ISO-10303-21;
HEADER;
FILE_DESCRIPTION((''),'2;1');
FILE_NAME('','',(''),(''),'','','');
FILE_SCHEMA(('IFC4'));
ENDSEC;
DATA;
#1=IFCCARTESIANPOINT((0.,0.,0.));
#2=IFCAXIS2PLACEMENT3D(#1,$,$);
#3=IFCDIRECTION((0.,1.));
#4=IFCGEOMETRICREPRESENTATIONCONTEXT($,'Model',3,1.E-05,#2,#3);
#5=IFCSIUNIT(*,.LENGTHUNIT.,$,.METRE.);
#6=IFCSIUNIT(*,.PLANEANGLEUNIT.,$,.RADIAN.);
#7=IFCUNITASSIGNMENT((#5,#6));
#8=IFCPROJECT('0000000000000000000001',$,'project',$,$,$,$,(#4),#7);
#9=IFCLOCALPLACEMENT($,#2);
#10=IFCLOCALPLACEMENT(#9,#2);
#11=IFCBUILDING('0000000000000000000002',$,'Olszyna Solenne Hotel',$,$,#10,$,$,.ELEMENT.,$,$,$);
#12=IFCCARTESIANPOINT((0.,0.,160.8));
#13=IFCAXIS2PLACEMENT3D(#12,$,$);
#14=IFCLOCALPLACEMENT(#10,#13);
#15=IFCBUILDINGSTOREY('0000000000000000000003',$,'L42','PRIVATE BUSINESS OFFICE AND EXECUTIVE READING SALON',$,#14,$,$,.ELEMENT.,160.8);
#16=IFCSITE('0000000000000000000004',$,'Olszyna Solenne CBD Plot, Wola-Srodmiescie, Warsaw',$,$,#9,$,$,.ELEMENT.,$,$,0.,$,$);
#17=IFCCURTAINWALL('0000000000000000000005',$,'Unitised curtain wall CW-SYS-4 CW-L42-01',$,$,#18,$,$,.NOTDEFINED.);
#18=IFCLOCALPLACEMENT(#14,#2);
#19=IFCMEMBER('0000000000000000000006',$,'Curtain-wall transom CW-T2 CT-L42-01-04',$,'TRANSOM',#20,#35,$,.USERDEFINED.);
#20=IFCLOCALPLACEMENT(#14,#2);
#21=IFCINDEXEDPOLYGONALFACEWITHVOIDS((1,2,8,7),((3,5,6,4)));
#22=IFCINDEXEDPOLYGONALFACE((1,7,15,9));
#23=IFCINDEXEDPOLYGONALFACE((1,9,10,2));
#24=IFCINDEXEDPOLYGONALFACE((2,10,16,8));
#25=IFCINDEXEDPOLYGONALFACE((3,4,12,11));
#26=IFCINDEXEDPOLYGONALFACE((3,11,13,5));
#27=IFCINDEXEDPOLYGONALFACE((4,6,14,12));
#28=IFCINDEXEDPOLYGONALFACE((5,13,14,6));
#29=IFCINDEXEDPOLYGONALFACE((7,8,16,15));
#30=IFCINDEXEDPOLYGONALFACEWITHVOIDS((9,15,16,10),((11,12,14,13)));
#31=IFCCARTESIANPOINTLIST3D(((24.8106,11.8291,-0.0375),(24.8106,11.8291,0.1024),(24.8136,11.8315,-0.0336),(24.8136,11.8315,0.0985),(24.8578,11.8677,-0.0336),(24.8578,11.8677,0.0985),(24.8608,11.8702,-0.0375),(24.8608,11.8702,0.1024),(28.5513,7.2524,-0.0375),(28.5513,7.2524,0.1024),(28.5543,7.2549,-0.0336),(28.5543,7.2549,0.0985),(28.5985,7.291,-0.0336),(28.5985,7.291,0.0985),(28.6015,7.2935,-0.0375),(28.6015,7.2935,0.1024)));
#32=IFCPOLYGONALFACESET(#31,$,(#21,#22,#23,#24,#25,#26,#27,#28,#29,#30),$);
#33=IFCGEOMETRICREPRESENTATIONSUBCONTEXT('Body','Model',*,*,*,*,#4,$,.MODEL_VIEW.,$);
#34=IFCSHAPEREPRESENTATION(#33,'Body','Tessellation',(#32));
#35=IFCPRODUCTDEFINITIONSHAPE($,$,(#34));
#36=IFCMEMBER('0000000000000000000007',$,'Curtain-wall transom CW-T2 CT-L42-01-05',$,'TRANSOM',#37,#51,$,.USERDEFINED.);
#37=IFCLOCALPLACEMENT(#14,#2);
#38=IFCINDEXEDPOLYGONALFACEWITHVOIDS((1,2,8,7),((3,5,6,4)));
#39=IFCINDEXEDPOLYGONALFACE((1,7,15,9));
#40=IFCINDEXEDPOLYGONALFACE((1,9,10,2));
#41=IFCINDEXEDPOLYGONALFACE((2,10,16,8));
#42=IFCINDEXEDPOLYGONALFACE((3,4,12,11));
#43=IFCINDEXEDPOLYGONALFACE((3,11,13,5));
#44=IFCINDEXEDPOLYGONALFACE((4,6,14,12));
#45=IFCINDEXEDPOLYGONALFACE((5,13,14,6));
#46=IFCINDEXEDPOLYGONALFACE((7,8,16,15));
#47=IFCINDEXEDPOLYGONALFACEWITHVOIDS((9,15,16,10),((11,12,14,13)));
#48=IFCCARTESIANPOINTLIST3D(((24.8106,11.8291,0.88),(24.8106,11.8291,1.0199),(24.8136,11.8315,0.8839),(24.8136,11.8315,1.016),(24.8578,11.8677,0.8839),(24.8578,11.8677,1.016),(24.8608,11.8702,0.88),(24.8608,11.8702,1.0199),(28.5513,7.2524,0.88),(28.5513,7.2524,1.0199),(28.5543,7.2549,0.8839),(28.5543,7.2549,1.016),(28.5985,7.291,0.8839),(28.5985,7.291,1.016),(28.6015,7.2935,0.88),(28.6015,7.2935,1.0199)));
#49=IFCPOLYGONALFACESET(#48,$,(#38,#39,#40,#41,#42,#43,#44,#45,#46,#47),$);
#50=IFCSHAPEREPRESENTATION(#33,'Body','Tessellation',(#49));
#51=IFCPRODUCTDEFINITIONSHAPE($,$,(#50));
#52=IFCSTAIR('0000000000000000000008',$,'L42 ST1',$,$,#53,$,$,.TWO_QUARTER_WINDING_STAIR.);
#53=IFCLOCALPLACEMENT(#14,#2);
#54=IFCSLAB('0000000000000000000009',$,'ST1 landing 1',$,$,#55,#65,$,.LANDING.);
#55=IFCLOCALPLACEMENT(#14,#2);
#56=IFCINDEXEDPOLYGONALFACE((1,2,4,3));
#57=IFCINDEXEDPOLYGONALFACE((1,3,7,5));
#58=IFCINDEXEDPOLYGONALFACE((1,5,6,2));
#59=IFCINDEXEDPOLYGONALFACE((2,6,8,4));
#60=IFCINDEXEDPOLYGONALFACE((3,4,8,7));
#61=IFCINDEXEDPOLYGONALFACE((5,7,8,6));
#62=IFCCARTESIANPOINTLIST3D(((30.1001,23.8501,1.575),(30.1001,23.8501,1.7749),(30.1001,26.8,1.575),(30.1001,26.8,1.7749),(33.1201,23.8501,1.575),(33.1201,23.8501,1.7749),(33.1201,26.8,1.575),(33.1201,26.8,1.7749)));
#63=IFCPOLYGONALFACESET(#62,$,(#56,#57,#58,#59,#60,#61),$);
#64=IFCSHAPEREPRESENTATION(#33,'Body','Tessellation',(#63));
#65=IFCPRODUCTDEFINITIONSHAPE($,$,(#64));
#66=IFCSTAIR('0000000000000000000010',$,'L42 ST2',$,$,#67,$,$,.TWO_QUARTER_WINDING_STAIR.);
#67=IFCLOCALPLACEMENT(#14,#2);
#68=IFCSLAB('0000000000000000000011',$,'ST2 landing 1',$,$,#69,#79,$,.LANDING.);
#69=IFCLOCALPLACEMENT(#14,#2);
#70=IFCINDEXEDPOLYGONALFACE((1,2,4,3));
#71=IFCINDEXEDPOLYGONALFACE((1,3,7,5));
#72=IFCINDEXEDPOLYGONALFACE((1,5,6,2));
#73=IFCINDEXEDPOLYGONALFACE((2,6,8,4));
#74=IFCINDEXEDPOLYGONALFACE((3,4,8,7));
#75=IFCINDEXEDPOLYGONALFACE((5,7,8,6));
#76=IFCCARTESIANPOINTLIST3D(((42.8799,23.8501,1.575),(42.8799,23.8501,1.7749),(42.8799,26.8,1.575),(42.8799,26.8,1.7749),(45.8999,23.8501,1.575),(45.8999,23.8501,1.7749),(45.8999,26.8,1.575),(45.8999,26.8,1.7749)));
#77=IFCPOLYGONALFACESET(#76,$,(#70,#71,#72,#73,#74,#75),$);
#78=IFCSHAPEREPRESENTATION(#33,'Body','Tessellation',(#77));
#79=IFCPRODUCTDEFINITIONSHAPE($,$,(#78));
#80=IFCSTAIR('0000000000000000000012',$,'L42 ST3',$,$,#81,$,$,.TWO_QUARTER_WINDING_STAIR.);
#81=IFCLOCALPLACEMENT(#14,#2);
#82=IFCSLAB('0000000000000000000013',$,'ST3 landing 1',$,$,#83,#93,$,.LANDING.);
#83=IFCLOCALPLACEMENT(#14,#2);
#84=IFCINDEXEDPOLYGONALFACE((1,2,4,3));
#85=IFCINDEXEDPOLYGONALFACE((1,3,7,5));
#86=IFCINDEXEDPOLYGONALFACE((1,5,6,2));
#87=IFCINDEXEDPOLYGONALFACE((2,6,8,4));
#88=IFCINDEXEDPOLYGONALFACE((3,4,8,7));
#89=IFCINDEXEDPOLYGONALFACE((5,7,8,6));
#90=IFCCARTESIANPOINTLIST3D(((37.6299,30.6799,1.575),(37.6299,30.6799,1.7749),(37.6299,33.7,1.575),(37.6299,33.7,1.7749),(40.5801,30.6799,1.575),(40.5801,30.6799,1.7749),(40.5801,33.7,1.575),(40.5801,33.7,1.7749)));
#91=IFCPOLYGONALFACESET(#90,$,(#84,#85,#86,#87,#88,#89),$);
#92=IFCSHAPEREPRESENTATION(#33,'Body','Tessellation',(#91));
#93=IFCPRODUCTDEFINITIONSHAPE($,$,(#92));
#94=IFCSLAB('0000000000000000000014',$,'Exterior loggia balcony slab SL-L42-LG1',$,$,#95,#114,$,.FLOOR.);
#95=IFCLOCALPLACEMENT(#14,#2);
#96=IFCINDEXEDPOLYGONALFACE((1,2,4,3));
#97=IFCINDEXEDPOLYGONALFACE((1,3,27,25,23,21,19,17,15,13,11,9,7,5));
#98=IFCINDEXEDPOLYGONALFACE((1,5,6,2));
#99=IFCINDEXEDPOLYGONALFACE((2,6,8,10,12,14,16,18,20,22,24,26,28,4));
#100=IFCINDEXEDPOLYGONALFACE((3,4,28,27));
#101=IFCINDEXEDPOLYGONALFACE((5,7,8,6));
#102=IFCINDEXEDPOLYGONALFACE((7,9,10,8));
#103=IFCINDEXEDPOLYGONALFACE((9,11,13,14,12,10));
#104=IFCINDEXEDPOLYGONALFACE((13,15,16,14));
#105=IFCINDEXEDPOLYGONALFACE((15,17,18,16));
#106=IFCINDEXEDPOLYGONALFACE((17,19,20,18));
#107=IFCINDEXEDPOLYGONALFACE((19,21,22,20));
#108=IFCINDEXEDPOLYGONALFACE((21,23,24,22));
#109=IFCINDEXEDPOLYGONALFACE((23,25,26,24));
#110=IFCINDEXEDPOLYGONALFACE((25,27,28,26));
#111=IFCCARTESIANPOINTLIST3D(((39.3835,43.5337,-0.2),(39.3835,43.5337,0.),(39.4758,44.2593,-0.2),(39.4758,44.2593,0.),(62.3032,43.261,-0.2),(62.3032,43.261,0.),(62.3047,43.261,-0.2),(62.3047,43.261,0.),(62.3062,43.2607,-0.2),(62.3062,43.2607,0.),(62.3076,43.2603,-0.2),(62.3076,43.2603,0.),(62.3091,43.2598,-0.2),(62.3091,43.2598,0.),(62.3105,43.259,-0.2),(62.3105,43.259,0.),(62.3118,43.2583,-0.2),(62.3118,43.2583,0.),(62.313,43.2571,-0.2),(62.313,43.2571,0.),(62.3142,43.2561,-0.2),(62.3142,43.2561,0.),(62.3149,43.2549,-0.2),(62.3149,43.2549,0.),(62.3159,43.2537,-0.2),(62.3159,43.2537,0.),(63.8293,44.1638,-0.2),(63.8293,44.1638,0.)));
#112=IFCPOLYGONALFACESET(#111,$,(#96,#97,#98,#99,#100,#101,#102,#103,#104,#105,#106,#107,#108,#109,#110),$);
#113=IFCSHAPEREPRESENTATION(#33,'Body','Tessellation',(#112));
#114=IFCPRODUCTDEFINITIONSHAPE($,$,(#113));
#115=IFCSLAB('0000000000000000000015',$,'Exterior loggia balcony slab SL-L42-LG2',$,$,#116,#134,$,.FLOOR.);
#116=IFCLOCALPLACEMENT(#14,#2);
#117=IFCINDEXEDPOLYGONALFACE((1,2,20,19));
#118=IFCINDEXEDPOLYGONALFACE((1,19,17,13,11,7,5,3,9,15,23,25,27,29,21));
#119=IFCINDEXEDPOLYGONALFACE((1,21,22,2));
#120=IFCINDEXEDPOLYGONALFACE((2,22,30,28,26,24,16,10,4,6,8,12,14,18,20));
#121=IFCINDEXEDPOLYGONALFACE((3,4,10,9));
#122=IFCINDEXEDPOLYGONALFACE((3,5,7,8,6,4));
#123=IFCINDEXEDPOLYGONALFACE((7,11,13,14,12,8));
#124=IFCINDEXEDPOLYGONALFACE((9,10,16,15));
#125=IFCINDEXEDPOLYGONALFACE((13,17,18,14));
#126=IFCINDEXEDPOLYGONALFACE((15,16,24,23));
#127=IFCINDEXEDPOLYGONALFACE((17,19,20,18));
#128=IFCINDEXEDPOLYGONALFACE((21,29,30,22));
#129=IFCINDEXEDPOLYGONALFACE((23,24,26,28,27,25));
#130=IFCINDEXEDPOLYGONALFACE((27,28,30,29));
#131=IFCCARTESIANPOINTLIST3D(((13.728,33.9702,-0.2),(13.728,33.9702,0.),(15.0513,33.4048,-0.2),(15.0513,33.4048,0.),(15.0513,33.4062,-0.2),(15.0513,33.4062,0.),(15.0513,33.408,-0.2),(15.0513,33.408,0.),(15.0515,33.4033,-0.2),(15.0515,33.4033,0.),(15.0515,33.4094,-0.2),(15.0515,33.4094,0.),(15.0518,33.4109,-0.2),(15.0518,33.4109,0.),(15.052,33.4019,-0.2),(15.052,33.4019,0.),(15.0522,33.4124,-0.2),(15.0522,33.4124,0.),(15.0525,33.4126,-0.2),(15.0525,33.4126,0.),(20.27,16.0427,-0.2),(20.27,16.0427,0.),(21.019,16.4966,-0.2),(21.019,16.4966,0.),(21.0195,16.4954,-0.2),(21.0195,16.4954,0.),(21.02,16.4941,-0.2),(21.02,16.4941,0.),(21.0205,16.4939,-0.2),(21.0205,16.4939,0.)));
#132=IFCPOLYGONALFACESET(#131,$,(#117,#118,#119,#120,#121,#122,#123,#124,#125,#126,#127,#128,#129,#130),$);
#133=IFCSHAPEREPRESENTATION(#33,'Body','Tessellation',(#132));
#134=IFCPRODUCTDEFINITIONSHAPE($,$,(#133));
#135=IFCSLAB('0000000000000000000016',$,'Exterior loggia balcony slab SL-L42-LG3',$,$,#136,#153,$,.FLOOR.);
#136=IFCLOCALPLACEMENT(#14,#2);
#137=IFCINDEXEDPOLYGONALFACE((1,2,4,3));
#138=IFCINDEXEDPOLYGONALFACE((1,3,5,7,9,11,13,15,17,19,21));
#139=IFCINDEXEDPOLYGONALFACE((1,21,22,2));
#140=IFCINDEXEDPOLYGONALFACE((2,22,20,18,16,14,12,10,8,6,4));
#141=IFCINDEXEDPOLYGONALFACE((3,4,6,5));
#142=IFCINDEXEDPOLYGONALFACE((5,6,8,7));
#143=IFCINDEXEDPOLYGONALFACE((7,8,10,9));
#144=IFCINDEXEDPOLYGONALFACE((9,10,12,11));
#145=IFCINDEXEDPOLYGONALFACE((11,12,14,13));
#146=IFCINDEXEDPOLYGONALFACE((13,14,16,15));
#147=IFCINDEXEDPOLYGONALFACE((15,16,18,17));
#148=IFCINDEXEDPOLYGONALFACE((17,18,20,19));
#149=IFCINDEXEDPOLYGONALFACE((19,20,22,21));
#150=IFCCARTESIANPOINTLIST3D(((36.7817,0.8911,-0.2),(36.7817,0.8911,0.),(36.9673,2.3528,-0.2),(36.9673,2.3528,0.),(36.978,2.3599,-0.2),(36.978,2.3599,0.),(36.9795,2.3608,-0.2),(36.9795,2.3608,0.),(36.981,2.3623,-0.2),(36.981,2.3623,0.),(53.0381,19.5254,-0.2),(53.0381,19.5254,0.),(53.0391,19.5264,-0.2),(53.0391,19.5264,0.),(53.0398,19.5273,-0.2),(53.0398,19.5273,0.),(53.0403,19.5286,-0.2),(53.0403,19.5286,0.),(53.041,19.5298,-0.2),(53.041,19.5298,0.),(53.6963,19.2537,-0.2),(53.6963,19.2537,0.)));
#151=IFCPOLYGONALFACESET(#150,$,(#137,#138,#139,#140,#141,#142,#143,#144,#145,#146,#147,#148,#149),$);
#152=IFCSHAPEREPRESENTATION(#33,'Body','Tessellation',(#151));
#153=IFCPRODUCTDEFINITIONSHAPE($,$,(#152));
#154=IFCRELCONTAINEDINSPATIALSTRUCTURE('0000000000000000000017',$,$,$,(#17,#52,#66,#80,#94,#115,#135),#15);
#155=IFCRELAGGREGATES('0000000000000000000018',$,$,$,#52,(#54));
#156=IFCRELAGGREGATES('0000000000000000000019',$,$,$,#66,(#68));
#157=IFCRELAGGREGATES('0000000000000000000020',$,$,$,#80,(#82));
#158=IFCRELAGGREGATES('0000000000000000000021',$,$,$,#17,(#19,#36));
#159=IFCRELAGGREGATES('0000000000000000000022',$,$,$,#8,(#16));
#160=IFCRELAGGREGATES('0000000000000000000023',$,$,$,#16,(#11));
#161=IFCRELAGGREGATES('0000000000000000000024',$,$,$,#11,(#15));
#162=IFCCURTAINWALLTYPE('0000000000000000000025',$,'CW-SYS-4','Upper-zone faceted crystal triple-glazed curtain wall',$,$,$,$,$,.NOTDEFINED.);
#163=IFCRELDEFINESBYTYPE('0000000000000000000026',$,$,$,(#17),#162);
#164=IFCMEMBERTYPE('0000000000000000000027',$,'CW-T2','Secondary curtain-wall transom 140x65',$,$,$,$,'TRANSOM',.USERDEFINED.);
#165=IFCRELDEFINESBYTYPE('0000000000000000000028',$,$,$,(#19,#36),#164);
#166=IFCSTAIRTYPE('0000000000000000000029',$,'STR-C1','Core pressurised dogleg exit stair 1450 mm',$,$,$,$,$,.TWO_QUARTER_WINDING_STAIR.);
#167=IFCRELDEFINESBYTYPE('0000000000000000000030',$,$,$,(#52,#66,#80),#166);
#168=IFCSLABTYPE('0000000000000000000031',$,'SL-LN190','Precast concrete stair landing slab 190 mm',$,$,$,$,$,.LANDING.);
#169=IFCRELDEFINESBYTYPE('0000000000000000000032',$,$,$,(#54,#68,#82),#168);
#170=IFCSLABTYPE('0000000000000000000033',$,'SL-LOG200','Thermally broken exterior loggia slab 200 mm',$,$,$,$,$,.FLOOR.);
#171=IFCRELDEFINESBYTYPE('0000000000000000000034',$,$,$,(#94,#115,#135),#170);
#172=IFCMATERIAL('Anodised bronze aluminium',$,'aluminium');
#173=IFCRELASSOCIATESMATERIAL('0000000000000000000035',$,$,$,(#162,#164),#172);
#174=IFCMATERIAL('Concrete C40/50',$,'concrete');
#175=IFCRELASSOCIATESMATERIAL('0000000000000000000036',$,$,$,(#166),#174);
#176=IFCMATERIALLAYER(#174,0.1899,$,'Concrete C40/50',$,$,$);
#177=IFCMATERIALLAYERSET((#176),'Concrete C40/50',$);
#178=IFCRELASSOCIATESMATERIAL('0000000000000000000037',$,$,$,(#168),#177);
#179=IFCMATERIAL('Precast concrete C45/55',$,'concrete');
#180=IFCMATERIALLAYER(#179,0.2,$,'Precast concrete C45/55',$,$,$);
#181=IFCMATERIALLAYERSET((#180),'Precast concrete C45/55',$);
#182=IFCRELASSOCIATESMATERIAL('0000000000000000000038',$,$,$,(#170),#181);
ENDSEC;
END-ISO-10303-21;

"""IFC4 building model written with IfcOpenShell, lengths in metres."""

from ifc_helpers import new_model, si_unit, direction, frame, origin, origin_2d, place, context, subcontext, project, spatial, polyline, hollow_rectangle, outline, extrude, source, transform, mapped, material, layer, layer_set, material_profile, profile_set, type_object, element, aggregate, save


model = new_model("IFC4")

# Units and contexts
model_context = context("Model", 3, precision=1e-05, world=origin(), true_north=direction((0.0, 1.0)))
body_context = subcontext(model_context, "Body", "Model", "MODEL_VIEW")
ifc_project = project(units=[si_unit("LENGTHUNIT", "METRE"), si_unit("PLANEANGLEUNIT", "RADIAN")], contexts=[model_context])

# Site, building, storey
site_placement = place(None, origin())
site = spatial("IfcSite", under=ifc_project, at=site_placement, Name="Olszyna Solenne CBD Plot, Wola-Srodmiescie, Warsaw", CompositionType="ELEMENT", RefElevation=0.0)
building_placement = place(site_placement, origin())
building = spatial("IfcBuilding", under=site, at=building_placement, Name="Olszyna Solenne Hotel", CompositionType="ELEMENT")
storey_placement = place(building_placement, frame((0.0, 0.0, 160.8)))
storey = spatial("IfcBuildingStorey", under=building, at=storey_placement, Name="L42", Description="PRIVATE BUSINESS OFFICE AND EXECUTIVE READING SALON", CompositionType="ELEMENT", Elevation=160.8)

# Curtain wall, members
ifc_material_1 = material(Name="Anodised bronze aluminium", Category="aluminium")
curtain_wall_type = type_object("IfcCurtainWallType", Name="CW-SYS-4", Description="Upper-zone faceted crystal triple-glazed curtain wall", PredefinedType="NOTDEFINED", material=ifc_material_1)
curtain_wall_placement = place(storey_placement, origin())
curtain_wall = element("IfcCurtainWall", 1, at=curtain_wall_placement, inside=storey, type_object=curtain_wall_type, Name="Unitised curtain wall CW-SYS-4 CW-L42-01", PredefinedType="NOTDEFINED")
ifc_material_profile_1 = material_profile(ifc_material_1, hollow_rectangle(XDim=0.0649, YDim=0.1399, WallThickness=0.0039, at=origin_2d()), Name="TRAN 140x65x4", Category="load-bearing")
ifc_profile_set_1 = profile_set([ifc_material_profile_1], Name="Anodised bronze aluminium")
member_type_1 = type_object("IfcMemberType", Name="CW-T2", Description="Secondary curtain-wall transom 140x65", ElementType="TRANSOM", PredefinedType="USERDEFINED", material=ifc_profile_set_1)
shared_shape_1 = source(origin(), body_context, "Body", "SweptSolid", [
    extrude(hollow_rectangle(XDim=0.0649, YDim=0.1399, WallThickness=0.0039, at=origin_2d()), origin(), (0.0, 0.0, 1.0), 5.9109),
])
member_1_placement = place(storey_placement, frame((24.8357, 11.8496, 0.0325), z_axis=(0.632851, -0.774274, 0.0), x_axis=(0.774274, 0.632851, 0.0)))
member_1 = element("IfcMember", 2, at=member_1_placement, type_object=member_type_1, Name="Curtain-wall transom CW-T2 CT-L42-01-04", ObjectType="TRANSOM", PredefinedType="USERDEFINED", context=body_context, shape_type="MappedRepresentation", body=[
    mapped(shared_shape_1, transform((0.0, 0.0, 0.0), x_axis=(1.0, 0.0, 0.0), y_axis=(0.0, 1.0, 0.0), z_axis=(0.0, 0.0, 1.0), scale=1.0)),
])
member_2_placement = place(storey_placement, frame((24.8357, 11.8496, 0.95), z_axis=(0.632851, -0.774274, 0.0), x_axis=(0.774274, 0.632851, 0.0)))
member_2 = element("IfcMember", 3, at=member_2_placement, type_object=member_type_1, Name="Curtain-wall transom CW-T2 CT-L42-01-05", ObjectType="TRANSOM", PredefinedType="USERDEFINED", context=body_context, shape_type="MappedRepresentation", body=[
    mapped(shared_shape_1, transform((0.0, 0.0, 0.0), x_axis=(1.0, 0.0, 0.0), y_axis=(0.0, 1.0, 0.0), z_axis=(0.0, 0.0, 1.0), scale=1.0)),
])

# Stairs, slabs
ifc_material_2 = material(Name="Concrete C40/50", Category="concrete")
stair_type = type_object("IfcStairType", Name="STR-C1", Description="Core pressurised dogleg exit stair 1450 mm", PredefinedType="TWO_QUARTER_WINDING_STAIR", material=ifc_material_2)
stair_1_placement = place(storey_placement, origin())
stair_1 = element("IfcStair", 4, at=stair_1_placement, inside=storey, type_object=stair_type, Name="L42 ST1", PredefinedType="TWO_QUARTER_WINDING_STAIR")
ifc_layer_1 = layer(ifc_material_2, 0.1899, Name="Concrete C40/50")
ifc_layer_set_1 = layer_set([ifc_layer_1], Name="Concrete C40/50")
slab_type_1 = type_object("IfcSlabType", Name="SL-LN190", Description="Precast concrete stair landing slab 190 mm", PredefinedType="LANDING", material=ifc_layer_set_1)
slab_1_placement = place(storey_placement, frame((0.0, 0.0, 1.575)))
slab_1 = element("IfcSlab", 5, at=slab_1_placement, type_object=slab_type_1, Name="ST1 landing 1", PredefinedType="LANDING", context=body_context, shape_type="SweptSolid", body=[
    extrude(outline(polyline([(33.1201, 23.8501), (33.1201, 26.8), (30.1001, 26.8), (30.1001, 23.8501), (33.1201, 23.8501)])), origin(), (0.0, 0.0, 1.0), 0.2),
])
aggregate(stair_1, [slab_1])
stair_2_placement = place(storey_placement, origin())
stair_2 = element("IfcStair", 6, at=stair_2_placement, inside=storey, type_object=stair_type, Name="L42 ST2", PredefinedType="TWO_QUARTER_WINDING_STAIR")
slab_2_placement = place(storey_placement, frame((0.0, 0.0, 1.575)))
slab_2 = element("IfcSlab", 7, at=slab_2_placement, type_object=slab_type_1, Name="ST2 landing 1", PredefinedType="LANDING", context=body_context, shape_type="SweptSolid", body=[
    extrude(outline(polyline([(45.8999, 23.8501), (45.8999, 26.8), (42.8799, 26.8), (42.8799, 23.8501), (45.8999, 23.8501)])), origin(), (0.0, 0.0, 1.0), 0.2),
])
aggregate(stair_2, [slab_2])
stair_3_placement = place(storey_placement, origin())
stair_3 = element("IfcStair", 8, at=stair_3_placement, inside=storey, type_object=stair_type, Name="L42 ST3", PredefinedType="TWO_QUARTER_WINDING_STAIR")
slab_3_placement = place(storey_placement, frame((0.0, 0.0, 1.575)))
slab_3 = element("IfcSlab", 9, at=slab_3_placement, type_object=slab_type_1, Name="ST3 landing 1", PredefinedType="LANDING", context=body_context, shape_type="SweptSolid", body=[
    extrude(outline(polyline([(37.6299, 30.6799), (40.5801, 30.6799), (40.5801, 33.7), (37.6299, 33.7), (37.6299, 30.6799)])), origin(), (0.0, 0.0, 1.0), 0.2),
])
aggregate(stair_3, [slab_3])

# Slabs
ifc_material_3 = material(Name="Precast concrete C45/55", Category="concrete")
ifc_layer_2 = layer(ifc_material_3, 0.2, Name="Precast concrete C45/55")
ifc_layer_set_2 = layer_set([ifc_layer_2], Name="Precast concrete C45/55")
slab_type_2 = type_object("IfcSlabType", Name="SL-LOG200", Description="Thermally broken exterior loggia slab 200 mm", PredefinedType="FLOOR", material=ifc_layer_set_2)
slab_4_placement = place(storey_placement, frame((0.0, 0.0, -0.2)))
element("IfcSlab", 10, at=slab_4_placement, inside=storey, type_object=slab_type_2, Name="Exterior loggia balcony slab SL-L42-LG1", PredefinedType="FLOOR", context=body_context, shape_type="SweptSolid", body=[
    extrude(outline(polyline([(39.3835, 43.5337), (62.3032, 43.261), (62.3047, 43.261), (62.3062, 43.2607), (62.3076, 43.2603), (62.3091, 43.2598), (62.3105, 43.259), (62.3118, 43.2583), (62.313, 43.2571), (62.3142, 43.2561), (62.3149, 43.2549), (62.3159, 43.2537), (63.8293, 44.1638), (39.4758, 44.2593), (39.3835, 43.5337)])), origin(), (0.0, 0.0, 1.0), 0.2),
])
slab_5_placement = place(storey_placement, frame((0.0, 0.0, -0.2)))
element("IfcSlab", 11, at=slab_5_placement, inside=storey, type_object=slab_type_2, Name="Exterior loggia balcony slab SL-L42-LG2", PredefinedType="FLOOR", context=body_context, shape_type="SweptSolid", body=[
    extrude(outline(polyline([(21.0205, 16.4939), (21.02, 16.4941), (21.0195, 16.4954), (21.019, 16.4966), (15.052, 33.4019), (15.0515, 33.4033), (15.0513, 33.4048), (15.0513, 33.4062), (15.0513, 33.408), (15.0515, 33.4094), (15.0518, 33.4109), (15.0522, 33.4124), (15.0525, 33.4126), (13.728, 33.9702), (20.27, 16.0427), (21.0205, 16.4939)])), origin(), (0.0, 0.0, 1.0), 0.2),
])
slab_6_placement = place(storey_placement, frame((0.0, 0.0, -0.2)))
element("IfcSlab", 12, at=slab_6_placement, inside=storey, type_object=slab_type_2, Name="Exterior loggia balcony slab SL-L42-LG3", PredefinedType="FLOOR", context=body_context, shape_type="SweptSolid", body=[
    extrude(outline(polyline([(53.041, 19.5298), (53.0403, 19.5286), (53.0398, 19.5273), (53.0391, 19.5264), (53.0381, 19.5254), (36.981, 2.3623), (36.9795, 2.3608), (36.978, 2.3599), (36.9673, 2.3528), (36.7817, 0.8911), (53.6963, 19.2537), (53.041, 19.5298)])), origin(), (0.0, 0.0, 1.0), 0.2),
])

aggregate(curtain_wall, [member_1, member_2])

save(model, "model.ifc")
